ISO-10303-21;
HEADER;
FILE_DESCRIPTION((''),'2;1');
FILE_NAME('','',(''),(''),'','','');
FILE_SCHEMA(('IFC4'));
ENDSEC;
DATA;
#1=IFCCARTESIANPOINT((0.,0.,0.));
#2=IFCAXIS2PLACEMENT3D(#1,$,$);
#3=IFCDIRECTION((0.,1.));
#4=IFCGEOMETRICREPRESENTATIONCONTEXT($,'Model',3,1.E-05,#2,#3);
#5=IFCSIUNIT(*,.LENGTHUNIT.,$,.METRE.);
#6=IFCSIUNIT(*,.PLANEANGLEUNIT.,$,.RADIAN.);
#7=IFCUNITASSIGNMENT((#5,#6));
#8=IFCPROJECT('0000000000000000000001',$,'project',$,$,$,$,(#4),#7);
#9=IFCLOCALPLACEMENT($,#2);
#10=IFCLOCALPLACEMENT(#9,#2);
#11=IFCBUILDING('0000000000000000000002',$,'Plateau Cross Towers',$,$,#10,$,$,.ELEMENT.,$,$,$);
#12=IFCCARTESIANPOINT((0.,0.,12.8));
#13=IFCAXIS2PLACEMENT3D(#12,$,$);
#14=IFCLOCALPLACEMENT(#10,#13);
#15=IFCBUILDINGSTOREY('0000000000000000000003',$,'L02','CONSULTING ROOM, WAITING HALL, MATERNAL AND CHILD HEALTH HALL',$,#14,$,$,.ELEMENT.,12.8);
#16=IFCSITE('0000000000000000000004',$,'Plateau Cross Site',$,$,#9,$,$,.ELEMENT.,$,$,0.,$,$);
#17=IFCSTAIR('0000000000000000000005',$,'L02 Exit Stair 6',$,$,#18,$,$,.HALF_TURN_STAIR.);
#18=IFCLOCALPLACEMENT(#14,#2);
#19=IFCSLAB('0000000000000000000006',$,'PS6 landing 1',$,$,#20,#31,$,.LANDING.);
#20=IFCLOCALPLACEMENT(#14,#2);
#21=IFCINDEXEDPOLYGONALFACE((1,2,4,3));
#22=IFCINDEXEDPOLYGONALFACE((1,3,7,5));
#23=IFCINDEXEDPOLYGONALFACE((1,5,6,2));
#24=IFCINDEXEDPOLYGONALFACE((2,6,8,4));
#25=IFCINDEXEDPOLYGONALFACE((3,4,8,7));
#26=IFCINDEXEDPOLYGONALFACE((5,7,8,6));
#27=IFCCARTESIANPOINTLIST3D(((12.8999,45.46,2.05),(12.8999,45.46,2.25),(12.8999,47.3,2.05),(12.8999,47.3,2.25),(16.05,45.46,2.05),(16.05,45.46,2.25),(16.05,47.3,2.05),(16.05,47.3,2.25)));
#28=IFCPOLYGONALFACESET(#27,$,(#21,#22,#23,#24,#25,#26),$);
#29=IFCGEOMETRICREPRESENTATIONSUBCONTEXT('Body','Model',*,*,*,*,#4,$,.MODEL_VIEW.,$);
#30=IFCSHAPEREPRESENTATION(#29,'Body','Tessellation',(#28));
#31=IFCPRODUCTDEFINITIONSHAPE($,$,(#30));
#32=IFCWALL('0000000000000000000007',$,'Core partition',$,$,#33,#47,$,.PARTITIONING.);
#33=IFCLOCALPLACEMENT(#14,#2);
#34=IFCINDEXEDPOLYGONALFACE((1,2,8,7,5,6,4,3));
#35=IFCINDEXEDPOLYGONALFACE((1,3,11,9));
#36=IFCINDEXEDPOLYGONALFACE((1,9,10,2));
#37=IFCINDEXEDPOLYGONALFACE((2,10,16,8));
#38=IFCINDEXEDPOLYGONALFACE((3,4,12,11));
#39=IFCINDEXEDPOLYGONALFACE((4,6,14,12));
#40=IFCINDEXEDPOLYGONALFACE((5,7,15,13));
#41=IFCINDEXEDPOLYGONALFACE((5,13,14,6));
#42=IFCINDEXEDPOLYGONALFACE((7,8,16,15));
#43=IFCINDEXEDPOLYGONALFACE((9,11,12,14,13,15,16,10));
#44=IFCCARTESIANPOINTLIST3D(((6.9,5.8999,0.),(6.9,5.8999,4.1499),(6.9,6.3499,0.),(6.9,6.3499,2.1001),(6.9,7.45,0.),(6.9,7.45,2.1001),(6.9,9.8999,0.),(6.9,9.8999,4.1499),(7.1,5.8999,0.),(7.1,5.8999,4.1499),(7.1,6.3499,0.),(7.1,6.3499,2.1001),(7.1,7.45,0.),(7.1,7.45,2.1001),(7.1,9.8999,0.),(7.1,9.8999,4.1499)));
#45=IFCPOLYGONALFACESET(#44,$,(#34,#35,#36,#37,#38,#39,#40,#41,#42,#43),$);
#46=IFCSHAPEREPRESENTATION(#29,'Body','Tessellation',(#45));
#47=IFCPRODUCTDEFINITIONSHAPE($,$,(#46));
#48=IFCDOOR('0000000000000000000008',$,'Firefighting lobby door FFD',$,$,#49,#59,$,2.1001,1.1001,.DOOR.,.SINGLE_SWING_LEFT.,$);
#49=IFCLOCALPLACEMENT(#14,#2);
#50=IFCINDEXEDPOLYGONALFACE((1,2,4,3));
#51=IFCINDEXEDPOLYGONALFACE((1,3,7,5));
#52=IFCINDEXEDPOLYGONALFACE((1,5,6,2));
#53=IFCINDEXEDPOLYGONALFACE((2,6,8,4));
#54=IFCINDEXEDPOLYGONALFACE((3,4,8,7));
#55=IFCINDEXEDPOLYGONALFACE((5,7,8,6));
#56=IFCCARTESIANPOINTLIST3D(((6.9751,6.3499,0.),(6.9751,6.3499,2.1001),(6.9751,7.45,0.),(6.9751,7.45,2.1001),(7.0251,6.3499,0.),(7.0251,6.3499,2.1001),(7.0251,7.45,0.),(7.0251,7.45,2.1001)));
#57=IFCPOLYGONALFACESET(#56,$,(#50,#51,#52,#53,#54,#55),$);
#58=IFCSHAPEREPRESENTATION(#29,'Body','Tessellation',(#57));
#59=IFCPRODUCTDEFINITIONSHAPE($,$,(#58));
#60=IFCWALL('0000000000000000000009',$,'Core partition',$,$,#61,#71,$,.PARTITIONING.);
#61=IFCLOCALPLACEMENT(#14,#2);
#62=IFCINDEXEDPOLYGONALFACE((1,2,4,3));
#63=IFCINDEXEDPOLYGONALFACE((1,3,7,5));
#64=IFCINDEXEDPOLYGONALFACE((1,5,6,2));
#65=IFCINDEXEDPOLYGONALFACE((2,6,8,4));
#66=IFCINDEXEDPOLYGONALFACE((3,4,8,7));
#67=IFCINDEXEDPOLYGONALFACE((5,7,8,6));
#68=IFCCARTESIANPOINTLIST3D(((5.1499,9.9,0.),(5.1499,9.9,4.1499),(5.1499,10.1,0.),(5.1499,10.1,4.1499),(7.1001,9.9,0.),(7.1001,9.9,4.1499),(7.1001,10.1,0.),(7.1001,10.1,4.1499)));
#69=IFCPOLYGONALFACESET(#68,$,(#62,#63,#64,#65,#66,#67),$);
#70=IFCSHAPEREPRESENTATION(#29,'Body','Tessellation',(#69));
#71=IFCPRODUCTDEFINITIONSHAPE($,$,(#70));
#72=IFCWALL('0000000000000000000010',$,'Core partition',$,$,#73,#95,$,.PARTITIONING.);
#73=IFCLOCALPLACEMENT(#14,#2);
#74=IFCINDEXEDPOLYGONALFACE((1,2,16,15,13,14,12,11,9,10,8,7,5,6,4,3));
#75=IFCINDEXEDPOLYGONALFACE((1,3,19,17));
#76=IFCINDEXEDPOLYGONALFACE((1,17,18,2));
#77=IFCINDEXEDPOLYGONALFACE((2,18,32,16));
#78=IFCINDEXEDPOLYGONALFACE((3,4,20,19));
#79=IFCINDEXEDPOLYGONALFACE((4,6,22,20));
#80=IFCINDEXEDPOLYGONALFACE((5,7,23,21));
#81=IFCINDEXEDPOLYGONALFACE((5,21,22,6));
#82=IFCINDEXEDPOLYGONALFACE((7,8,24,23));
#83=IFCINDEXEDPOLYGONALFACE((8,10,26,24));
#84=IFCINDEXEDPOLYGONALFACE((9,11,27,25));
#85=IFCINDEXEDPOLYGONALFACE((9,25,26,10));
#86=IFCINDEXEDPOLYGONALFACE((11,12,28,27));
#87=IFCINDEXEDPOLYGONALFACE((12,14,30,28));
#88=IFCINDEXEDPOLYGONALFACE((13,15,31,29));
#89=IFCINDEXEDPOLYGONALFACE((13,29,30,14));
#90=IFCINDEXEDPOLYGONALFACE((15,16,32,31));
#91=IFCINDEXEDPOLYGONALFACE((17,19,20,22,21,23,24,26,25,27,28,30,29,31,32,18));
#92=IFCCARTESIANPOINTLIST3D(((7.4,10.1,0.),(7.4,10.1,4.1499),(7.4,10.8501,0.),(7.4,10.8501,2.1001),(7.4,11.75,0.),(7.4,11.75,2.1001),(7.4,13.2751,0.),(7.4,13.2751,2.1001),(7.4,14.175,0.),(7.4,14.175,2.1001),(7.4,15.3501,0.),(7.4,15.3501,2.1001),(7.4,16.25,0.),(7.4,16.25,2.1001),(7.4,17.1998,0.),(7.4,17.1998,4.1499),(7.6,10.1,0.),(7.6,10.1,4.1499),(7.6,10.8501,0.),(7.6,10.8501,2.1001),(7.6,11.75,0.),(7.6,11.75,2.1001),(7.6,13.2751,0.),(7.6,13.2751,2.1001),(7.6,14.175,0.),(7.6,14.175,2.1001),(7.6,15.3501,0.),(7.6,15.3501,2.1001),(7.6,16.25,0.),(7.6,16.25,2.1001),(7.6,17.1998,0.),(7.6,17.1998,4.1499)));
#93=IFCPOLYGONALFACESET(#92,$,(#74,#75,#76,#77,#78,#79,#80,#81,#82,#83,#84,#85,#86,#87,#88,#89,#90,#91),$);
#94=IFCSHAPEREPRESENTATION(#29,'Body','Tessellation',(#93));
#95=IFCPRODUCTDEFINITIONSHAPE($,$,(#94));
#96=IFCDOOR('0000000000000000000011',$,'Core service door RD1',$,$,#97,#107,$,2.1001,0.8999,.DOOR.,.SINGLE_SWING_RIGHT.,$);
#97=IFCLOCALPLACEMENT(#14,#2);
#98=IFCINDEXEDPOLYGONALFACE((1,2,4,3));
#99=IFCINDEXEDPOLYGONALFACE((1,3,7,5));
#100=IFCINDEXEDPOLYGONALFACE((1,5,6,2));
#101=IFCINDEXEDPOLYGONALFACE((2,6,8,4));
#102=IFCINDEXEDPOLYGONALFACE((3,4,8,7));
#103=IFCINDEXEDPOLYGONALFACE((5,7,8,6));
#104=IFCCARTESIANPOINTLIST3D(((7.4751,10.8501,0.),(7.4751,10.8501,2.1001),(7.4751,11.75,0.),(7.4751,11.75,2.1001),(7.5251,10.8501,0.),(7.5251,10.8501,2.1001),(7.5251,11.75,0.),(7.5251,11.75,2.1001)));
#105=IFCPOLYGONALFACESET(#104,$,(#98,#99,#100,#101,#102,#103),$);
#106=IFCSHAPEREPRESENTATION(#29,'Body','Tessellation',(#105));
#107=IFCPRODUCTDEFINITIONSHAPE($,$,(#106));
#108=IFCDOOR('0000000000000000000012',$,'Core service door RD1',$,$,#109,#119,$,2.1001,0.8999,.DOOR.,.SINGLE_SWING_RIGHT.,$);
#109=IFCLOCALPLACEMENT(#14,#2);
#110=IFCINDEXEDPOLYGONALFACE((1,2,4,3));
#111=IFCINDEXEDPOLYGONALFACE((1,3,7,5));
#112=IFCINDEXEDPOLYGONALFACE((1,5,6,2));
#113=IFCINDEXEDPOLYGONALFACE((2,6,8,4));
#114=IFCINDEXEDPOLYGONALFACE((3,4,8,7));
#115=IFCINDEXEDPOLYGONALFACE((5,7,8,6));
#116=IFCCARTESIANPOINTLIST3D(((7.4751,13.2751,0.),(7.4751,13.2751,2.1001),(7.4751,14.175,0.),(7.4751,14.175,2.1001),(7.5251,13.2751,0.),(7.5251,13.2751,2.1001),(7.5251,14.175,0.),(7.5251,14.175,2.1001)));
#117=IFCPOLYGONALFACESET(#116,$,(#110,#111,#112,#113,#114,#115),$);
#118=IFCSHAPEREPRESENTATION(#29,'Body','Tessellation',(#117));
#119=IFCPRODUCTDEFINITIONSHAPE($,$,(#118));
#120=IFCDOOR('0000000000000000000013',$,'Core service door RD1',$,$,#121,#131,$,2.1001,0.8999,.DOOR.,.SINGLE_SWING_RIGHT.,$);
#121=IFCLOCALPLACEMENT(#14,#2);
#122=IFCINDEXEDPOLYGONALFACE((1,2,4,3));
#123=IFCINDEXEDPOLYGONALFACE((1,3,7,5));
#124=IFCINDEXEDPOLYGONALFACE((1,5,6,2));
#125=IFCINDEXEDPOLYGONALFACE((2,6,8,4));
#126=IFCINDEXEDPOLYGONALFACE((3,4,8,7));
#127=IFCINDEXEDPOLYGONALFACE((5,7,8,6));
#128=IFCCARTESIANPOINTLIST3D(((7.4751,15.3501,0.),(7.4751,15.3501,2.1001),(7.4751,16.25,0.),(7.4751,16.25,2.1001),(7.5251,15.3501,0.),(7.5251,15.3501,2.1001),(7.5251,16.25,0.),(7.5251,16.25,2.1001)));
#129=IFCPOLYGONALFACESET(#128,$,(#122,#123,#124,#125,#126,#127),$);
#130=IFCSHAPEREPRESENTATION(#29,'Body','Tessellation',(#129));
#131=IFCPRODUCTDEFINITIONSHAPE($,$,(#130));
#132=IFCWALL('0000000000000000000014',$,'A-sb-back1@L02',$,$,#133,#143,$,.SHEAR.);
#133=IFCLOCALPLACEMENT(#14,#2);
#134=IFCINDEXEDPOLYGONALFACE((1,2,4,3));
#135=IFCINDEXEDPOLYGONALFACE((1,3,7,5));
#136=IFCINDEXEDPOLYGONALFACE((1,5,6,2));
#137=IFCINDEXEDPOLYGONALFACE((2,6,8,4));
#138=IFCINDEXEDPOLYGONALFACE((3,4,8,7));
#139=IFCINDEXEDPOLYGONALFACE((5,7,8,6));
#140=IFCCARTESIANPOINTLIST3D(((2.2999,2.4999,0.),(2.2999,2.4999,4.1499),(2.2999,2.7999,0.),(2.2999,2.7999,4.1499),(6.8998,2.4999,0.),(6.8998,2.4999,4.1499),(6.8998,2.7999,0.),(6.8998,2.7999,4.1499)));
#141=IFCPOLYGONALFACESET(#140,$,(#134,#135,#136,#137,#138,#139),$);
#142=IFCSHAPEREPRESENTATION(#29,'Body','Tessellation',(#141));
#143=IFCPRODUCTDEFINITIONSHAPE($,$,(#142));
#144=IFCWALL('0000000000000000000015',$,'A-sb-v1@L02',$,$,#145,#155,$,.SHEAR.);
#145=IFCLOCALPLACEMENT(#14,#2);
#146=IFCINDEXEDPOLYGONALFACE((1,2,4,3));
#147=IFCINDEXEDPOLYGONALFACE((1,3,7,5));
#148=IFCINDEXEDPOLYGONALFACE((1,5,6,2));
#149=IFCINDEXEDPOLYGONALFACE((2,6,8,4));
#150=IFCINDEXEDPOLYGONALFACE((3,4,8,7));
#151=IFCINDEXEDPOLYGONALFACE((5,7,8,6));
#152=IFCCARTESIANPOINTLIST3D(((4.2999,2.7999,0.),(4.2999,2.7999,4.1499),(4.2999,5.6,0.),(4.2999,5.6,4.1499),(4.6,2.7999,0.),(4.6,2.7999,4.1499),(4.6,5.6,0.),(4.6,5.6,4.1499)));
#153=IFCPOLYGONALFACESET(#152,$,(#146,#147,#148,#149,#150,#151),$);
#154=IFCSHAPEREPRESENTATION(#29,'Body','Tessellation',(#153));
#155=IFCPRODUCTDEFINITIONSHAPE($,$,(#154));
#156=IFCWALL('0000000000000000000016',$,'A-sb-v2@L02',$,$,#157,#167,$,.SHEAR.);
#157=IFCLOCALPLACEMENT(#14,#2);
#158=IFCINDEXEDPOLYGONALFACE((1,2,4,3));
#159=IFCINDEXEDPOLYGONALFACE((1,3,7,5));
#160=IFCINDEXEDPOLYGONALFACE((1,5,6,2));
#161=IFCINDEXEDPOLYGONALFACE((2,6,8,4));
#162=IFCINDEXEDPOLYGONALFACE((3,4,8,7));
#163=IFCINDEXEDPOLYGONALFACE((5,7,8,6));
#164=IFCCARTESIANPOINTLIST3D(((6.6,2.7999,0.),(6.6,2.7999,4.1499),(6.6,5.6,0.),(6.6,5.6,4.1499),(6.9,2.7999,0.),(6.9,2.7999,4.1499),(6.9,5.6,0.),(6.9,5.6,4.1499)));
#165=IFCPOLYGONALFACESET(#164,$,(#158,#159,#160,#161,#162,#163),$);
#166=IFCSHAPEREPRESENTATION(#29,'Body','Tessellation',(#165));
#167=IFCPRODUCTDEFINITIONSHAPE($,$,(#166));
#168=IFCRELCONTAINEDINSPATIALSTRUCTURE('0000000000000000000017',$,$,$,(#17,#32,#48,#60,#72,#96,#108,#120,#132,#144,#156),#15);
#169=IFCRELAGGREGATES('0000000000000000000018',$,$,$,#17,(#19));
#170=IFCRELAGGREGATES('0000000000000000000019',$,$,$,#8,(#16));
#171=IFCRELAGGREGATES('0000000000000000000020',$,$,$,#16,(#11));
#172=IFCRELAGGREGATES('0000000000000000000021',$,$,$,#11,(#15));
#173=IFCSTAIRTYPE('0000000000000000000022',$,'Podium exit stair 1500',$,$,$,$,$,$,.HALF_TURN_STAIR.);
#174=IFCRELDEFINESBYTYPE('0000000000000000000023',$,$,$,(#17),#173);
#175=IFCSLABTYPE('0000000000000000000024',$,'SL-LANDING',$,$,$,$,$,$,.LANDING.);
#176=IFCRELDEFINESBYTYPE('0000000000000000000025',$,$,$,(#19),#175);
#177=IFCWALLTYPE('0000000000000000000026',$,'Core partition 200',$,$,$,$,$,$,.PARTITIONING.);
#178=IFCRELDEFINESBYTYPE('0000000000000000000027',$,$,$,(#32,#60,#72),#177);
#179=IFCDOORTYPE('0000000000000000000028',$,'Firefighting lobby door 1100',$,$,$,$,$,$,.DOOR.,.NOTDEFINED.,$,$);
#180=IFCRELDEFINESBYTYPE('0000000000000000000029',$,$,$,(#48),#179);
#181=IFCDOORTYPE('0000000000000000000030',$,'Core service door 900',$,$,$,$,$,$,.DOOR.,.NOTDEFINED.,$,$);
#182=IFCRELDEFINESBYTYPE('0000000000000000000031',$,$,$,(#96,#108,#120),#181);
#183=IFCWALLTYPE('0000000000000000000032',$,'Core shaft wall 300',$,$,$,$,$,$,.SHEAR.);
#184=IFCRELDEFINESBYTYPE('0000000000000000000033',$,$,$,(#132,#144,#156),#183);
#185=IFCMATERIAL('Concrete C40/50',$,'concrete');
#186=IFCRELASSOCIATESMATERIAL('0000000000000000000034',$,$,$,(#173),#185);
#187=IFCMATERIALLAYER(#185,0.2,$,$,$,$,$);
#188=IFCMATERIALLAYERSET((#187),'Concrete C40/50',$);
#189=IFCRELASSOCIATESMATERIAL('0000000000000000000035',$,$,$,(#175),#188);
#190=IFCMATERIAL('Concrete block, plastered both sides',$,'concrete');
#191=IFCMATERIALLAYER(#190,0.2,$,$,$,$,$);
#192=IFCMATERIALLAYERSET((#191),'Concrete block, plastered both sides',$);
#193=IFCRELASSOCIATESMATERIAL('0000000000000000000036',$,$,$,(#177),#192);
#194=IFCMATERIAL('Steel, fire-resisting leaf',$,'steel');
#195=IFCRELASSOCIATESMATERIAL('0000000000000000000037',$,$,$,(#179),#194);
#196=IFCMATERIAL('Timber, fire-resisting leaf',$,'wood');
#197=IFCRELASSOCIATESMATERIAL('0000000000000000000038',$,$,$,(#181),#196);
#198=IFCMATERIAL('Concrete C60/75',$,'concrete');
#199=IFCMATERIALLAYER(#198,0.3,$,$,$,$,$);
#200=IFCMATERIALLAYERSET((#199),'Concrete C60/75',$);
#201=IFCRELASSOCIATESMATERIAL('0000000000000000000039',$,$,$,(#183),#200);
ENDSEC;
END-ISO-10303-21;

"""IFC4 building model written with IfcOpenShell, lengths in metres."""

from ifc_helpers import new_model, si_unit, direction, frame, frame_2d, origin, place, context, subcontext, project, spatial, polyline, rectangle, outline, extrude, material, layer, layer_set, type_object, element, fill, aggregate, save


model = new_model("IFC4")

# Units and contexts
model_context = context("Model", 3, precision=1e-05, world=origin(), true_north=direction((0.0, 1.0)))
body_context = subcontext(model_context, "Body", "Model", "MODEL_VIEW")
ifc_project = project(units=[si_unit("LENGTHUNIT", "METRE"), si_unit("PLANEANGLEUNIT", "RADIAN")], contexts=[model_context])

# Site, building, storey
site_placement = place(None, origin())
site = spatial("IfcSite", under=ifc_project, at=site_placement, Name="Plateau Cross Site", CompositionType="ELEMENT", RefElevation=0.0)
building_placement = place(site_placement, origin())
building = spatial("IfcBuilding", under=site, at=building_placement, Name="Plateau Cross Towers", CompositionType="ELEMENT")
storey_placement = place(building_placement, frame((0.0, 0.0, 12.8)))
storey = spatial("IfcBuildingStorey", under=building, at=storey_placement, Name="L02", Description="CONSULTING ROOM, WAITING HALL, MATERNAL AND CHILD HEALTH HALL", CompositionType="ELEMENT", Elevation=12.8)

# Stair, slab
ifc_material_1 = material(Name="Concrete C40/50", Category="concrete")
stair_type_1 = type_object("IfcStairType", Name="Podium exit stair 1500", PredefinedType="HALF_TURN_STAIR", material=ifc_material_1)
stair_1_placement = place(storey_placement, origin())
stair_1 = element("IfcStair", 1, at=stair_1_placement, inside=storey, type_object=stair_type_1, Name="L02 Exit Stair 6", PredefinedType="HALF_TURN_STAIR")
ifc_layer_1 = layer(ifc_material_1, 0.2)
ifc_layer_set_1 = layer_set([ifc_layer_1], Name="Concrete C40/50")
slab_type = type_object("IfcSlabType", Name="SL-LANDING", PredefinedType="LANDING", material=ifc_layer_set_1)
slab_placement = place(storey_placement, frame((0.0, 0.0, 2.05)))
slab = element("IfcSlab", 2, at=slab_placement, type_object=slab_type, Name="PS6 landing 1", PredefinedType="LANDING", context=body_context, shape_type="SweptSolid", body=[
    extrude(outline(polyline([(16.05, 45.46), (16.05, 47.3), (12.8999, 47.3), (12.8999, 45.46), (16.05, 45.46)])), origin(), (0.0, 0.0, 1.0), 0.2),
])
aggregate(stair_1, [slab])

# Wall, opening, door
ifc_material_2 = material(Name="Concrete block, plastered both sides", Category="concrete")
ifc_layer_2 = layer(ifc_material_2, 0.2)
ifc_layer_set_2 = layer_set([ifc_layer_2], Name="Concrete block, plastered both sides")
wall_type_1 = type_object("IfcWallType", Name="Core partition 200", PredefinedType="PARTITIONING", material=ifc_layer_set_2)
wall_1_placement = place(storey_placement, frame((7.0, 5.8999, 0.0), z_axis=(0.0, 0.0, 1.0), x_axis=(0.0, 1.0, 0.0)))
wall_1 = element("IfcWall", 3, at=wall_1_placement, inside=storey, type_object=wall_type_1, Name="Core partition", PredefinedType="PARTITIONING", context=body_context, shape_type="SweptSolid", body=[
    extrude(rectangle(XDim=4.0, YDim=0.2, at=frame_2d((2.0, 0.0))), origin(), (0.0, 0.0, 1.0), 4.1499),
])
opening_1_placement = place(wall_1_placement, frame((0.45, 0.0, 0.0)))
opening_1 = element("IfcOpeningElement", 4, at=opening_1_placement, cuts=wall_1, PredefinedType="OPENING", context=body_context, shape_type="SweptSolid", body=[
    extrude(rectangle(XDim=1.1001, YDim=2.1001, at=frame_2d((0.55, 1.05))), frame((0.0, 0.1099, 0.0), z_axis=(0.0, -1.0, 0.0), x_axis=(1.0, 0.0, 0.0)), (0.0, 0.0, 1.0), 0.22),
])
ifc_material_3 = material(Name="Steel, fire-resisting leaf", Category="steel")
door_type_1 = type_object("IfcDoorType", Name="Firefighting lobby door 1100", OperationType="NOTDEFINED", PredefinedType="DOOR", material=ifc_material_3)
door_1_placement = place(opening_1_placement, origin())
door_1 = element("IfcDoor", 5, at=door_1_placement, inside=storey, type_object=door_type_1, Name="Firefighting lobby door FFD", OperationType="SINGLE_SWING_LEFT", OverallHeight=2.1001, OverallWidth=1.1001, PredefinedType="DOOR", context=body_context, shape_type="SweptSolid", body=[
    extrude(rectangle(XDim=1.1001, YDim=2.1001, at=frame_2d((0.55, 1.05))), frame((0.0, 0.0249, 0.0), z_axis=(0.0, -1.0, 0.0), x_axis=(1.0, 0.0, 0.0)), (0.0, 0.0, 1.0), 0.05),
])
fill(opening_1, door_1)

# Wall
wall_2_placement = place(storey_placement, frame((5.1499, 10.0, 0.0), z_axis=(0.0, 0.0, 1.0), x_axis=(1.0, 0.0, 0.0)))
element("IfcWall", 6, at=wall_2_placement, inside=storey, type_object=wall_type_1, Name="Core partition", PredefinedType="PARTITIONING", context=body_context, shape_type="SweptSolid", body=[
    extrude(rectangle(XDim=1.9502, YDim=0.2, at=frame_2d((0.9751, 0.0))), origin(), (0.0, 0.0, 1.0), 4.1499),
])

# Wall, openings, doors
wall_3_placement = place(storey_placement, frame((7.5, 10.1001, 0.0), z_axis=(0.0, 0.0, 1.0), x_axis=(0.0, 1.0, 0.0)))
wall_3 = element("IfcWall", 7, at=wall_3_placement, inside=storey, type_object=wall_type_1, Name="Core partition", PredefinedType="PARTITIONING", context=body_context, shape_type="SweptSolid", body=[
    extrude(rectangle(XDim=7.0999, YDim=0.2, at=frame_2d((3.5498, 0.0))), origin(), (0.0, 0.0, 1.0), 4.1499),
])
opening_2_placement = place(wall_3_placement, frame((0.75, 0.0, 0.0)))
opening_2 = element("IfcOpeningElement", 8, at=opening_2_placement, cuts=wall_3, PredefinedType="OPENING", context=body_context, shape_type="SweptSolid", body=[
    extrude(rectangle(XDim=0.8999, YDim=2.1001, at=frame_2d((0.45, 1.05))), frame((0.0, 0.1099, 0.0), z_axis=(0.0, -1.0, 0.0), x_axis=(1.0, 0.0, 0.0)), (0.0, 0.0, 1.0), 0.22),
])
opening_3_placement = place(wall_3_placement, frame((3.175, 0.0, 0.0)))
opening_3 = element("IfcOpeningElement", 9, at=opening_3_placement, cuts=wall_3, PredefinedType="OPENING", context=body_context, shape_type="SweptSolid", body=[
    extrude(rectangle(XDim=0.8999, YDim=2.1001, at=frame_2d((0.45, 1.05))), frame((0.0, 0.1099, 0.0), z_axis=(0.0, -1.0, 0.0), x_axis=(1.0, 0.0, 0.0)), (0.0, 0.0, 1.0), 0.22),
])
opening_4_placement = place(wall_3_placement, frame((5.25, 0.0, 0.0)))
opening_4 = element("IfcOpeningElement", 10, at=opening_4_placement, cuts=wall_3, PredefinedType="OPENING", context=body_context, shape_type="SweptSolid", body=[
    extrude(rectangle(XDim=0.8999, YDim=2.1001, at=frame_2d((0.45, 1.05))), frame((0.0, 0.1099, 0.0), z_axis=(0.0, -1.0, 0.0), x_axis=(1.0, 0.0, 0.0)), (0.0, 0.0, 1.0), 0.22),
])
ifc_material_4 = material(Name="Timber, fire-resisting leaf", Category="wood")
door_type_2 = type_object("IfcDoorType", Name="Core service door 900", OperationType="NOTDEFINED", PredefinedType="DOOR", material=ifc_material_4)
door_2_placement = place(opening_2_placement, origin())
door_2 = element("IfcDoor", 11, at=door_2_placement, inside=storey, type_object=door_type_2, Name="Core service door RD1", OperationType="SINGLE_SWING_RIGHT", OverallHeight=2.1001, OverallWidth=0.8999, PredefinedType="DOOR", context=body_context, shape_type="SweptSolid", body=[
    extrude(rectangle(XDim=0.8999, YDim=2.1001, at=frame_2d((0.45, 1.05))), frame((0.0, 0.0249, 0.0), z_axis=(0.0, -1.0, 0.0), x_axis=(1.0, 0.0, 0.0)), (0.0, 0.0, 1.0), 0.05),
])
fill(opening_2, door_2)
door_3_placement = place(opening_3_placement, origin())
door_3 = element("IfcDoor", 12, at=door_3_placement, inside=storey, type_object=door_type_2, Name="Core service door RD1", OperationType="SINGLE_SWING_RIGHT", OverallHeight=2.1001, OverallWidth=0.8999, PredefinedType="DOOR", context=body_context, shape_type="SweptSolid", body=[
    extrude(rectangle(XDim=0.8999, YDim=2.1001, at=frame_2d((0.45, 1.05))), frame((0.0, 0.0249, 0.0), z_axis=(0.0, -1.0, 0.0), x_axis=(1.0, 0.0, 0.0)), (0.0, 0.0, 1.0), 0.05),
])
fill(opening_3, door_3)
door_4_placement = place(opening_4_placement, origin())
door_4 = element("IfcDoor", 13, at=door_4_placement, inside=storey, type_object=door_type_2, Name="Core service door RD1", OperationType="SINGLE_SWING_RIGHT", OverallHeight=2.1001, OverallWidth=0.8999, PredefinedType="DOOR", context=body_context, shape_type="SweptSolid", body=[
    extrude(rectangle(XDim=0.8999, YDim=2.1001, at=frame_2d((0.45, 1.05))), frame((0.0, 0.0249, 0.0), z_axis=(0.0, -1.0, 0.0), x_axis=(1.0, 0.0, 0.0)), (0.0, 0.0, 1.0), 0.05),
])
fill(opening_4, door_4)

# Walls
ifc_material_5 = material(Name="Concrete C60/75", Category="concrete")
ifc_layer_3 = layer(ifc_material_5, 0.3)
ifc_layer_set_3 = layer_set([ifc_layer_3], Name="Concrete C60/75")
wall_type_2 = type_object("IfcWallType", Name="Core shaft wall 300", PredefinedType="SHEAR", material=ifc_layer_set_3)
wall_4_placement = place(storey_placement, frame((2.3, 2.6499, 0.0), z_axis=(0.0, 0.0, 1.0), x_axis=(1.0, 0.0, 0.0)))
element("IfcWall", 14, at=wall_4_placement, inside=storey, type_object=wall_type_2, Name="A-sb-back1@L02", PredefinedType="SHEAR", context=body_context, shape_type="SweptSolid", body=[
    extrude(rectangle(XDim=4.5999, YDim=0.3, at=frame_2d((2.2998, 0.0))), origin(), (0.0, 0.0, 1.0), 4.1499),
])
for number, where, z_axis, x_axis, name in (
    (15, (4.45, 2.8, 0.0), (0.0, 0.0, 1.0), (0.0, 1.0, 0.0), "A-sb-v1@L02"),
    (16, (6.75, 2.8, 0.0), (0.0, 0.0, 1.0), (0.0, 1.0, 0.0), "A-sb-v2@L02"),
):
    element("IfcWall", number, at=place(storey_placement, frame(where, z_axis=z_axis, x_axis=x_axis)), inside=storey, type_object=wall_type_2, Name=name, PredefinedType="SHEAR", context=body_context, shape_type="SweptSolid", body=[
        extrude(rectangle(XDim=2.8, YDim=0.3, at=frame_2d((1.3999, 0.0))), origin(), (0.0, 0.0, 1.0), 4.1499),
    ])

save(model, "model.ifc")
